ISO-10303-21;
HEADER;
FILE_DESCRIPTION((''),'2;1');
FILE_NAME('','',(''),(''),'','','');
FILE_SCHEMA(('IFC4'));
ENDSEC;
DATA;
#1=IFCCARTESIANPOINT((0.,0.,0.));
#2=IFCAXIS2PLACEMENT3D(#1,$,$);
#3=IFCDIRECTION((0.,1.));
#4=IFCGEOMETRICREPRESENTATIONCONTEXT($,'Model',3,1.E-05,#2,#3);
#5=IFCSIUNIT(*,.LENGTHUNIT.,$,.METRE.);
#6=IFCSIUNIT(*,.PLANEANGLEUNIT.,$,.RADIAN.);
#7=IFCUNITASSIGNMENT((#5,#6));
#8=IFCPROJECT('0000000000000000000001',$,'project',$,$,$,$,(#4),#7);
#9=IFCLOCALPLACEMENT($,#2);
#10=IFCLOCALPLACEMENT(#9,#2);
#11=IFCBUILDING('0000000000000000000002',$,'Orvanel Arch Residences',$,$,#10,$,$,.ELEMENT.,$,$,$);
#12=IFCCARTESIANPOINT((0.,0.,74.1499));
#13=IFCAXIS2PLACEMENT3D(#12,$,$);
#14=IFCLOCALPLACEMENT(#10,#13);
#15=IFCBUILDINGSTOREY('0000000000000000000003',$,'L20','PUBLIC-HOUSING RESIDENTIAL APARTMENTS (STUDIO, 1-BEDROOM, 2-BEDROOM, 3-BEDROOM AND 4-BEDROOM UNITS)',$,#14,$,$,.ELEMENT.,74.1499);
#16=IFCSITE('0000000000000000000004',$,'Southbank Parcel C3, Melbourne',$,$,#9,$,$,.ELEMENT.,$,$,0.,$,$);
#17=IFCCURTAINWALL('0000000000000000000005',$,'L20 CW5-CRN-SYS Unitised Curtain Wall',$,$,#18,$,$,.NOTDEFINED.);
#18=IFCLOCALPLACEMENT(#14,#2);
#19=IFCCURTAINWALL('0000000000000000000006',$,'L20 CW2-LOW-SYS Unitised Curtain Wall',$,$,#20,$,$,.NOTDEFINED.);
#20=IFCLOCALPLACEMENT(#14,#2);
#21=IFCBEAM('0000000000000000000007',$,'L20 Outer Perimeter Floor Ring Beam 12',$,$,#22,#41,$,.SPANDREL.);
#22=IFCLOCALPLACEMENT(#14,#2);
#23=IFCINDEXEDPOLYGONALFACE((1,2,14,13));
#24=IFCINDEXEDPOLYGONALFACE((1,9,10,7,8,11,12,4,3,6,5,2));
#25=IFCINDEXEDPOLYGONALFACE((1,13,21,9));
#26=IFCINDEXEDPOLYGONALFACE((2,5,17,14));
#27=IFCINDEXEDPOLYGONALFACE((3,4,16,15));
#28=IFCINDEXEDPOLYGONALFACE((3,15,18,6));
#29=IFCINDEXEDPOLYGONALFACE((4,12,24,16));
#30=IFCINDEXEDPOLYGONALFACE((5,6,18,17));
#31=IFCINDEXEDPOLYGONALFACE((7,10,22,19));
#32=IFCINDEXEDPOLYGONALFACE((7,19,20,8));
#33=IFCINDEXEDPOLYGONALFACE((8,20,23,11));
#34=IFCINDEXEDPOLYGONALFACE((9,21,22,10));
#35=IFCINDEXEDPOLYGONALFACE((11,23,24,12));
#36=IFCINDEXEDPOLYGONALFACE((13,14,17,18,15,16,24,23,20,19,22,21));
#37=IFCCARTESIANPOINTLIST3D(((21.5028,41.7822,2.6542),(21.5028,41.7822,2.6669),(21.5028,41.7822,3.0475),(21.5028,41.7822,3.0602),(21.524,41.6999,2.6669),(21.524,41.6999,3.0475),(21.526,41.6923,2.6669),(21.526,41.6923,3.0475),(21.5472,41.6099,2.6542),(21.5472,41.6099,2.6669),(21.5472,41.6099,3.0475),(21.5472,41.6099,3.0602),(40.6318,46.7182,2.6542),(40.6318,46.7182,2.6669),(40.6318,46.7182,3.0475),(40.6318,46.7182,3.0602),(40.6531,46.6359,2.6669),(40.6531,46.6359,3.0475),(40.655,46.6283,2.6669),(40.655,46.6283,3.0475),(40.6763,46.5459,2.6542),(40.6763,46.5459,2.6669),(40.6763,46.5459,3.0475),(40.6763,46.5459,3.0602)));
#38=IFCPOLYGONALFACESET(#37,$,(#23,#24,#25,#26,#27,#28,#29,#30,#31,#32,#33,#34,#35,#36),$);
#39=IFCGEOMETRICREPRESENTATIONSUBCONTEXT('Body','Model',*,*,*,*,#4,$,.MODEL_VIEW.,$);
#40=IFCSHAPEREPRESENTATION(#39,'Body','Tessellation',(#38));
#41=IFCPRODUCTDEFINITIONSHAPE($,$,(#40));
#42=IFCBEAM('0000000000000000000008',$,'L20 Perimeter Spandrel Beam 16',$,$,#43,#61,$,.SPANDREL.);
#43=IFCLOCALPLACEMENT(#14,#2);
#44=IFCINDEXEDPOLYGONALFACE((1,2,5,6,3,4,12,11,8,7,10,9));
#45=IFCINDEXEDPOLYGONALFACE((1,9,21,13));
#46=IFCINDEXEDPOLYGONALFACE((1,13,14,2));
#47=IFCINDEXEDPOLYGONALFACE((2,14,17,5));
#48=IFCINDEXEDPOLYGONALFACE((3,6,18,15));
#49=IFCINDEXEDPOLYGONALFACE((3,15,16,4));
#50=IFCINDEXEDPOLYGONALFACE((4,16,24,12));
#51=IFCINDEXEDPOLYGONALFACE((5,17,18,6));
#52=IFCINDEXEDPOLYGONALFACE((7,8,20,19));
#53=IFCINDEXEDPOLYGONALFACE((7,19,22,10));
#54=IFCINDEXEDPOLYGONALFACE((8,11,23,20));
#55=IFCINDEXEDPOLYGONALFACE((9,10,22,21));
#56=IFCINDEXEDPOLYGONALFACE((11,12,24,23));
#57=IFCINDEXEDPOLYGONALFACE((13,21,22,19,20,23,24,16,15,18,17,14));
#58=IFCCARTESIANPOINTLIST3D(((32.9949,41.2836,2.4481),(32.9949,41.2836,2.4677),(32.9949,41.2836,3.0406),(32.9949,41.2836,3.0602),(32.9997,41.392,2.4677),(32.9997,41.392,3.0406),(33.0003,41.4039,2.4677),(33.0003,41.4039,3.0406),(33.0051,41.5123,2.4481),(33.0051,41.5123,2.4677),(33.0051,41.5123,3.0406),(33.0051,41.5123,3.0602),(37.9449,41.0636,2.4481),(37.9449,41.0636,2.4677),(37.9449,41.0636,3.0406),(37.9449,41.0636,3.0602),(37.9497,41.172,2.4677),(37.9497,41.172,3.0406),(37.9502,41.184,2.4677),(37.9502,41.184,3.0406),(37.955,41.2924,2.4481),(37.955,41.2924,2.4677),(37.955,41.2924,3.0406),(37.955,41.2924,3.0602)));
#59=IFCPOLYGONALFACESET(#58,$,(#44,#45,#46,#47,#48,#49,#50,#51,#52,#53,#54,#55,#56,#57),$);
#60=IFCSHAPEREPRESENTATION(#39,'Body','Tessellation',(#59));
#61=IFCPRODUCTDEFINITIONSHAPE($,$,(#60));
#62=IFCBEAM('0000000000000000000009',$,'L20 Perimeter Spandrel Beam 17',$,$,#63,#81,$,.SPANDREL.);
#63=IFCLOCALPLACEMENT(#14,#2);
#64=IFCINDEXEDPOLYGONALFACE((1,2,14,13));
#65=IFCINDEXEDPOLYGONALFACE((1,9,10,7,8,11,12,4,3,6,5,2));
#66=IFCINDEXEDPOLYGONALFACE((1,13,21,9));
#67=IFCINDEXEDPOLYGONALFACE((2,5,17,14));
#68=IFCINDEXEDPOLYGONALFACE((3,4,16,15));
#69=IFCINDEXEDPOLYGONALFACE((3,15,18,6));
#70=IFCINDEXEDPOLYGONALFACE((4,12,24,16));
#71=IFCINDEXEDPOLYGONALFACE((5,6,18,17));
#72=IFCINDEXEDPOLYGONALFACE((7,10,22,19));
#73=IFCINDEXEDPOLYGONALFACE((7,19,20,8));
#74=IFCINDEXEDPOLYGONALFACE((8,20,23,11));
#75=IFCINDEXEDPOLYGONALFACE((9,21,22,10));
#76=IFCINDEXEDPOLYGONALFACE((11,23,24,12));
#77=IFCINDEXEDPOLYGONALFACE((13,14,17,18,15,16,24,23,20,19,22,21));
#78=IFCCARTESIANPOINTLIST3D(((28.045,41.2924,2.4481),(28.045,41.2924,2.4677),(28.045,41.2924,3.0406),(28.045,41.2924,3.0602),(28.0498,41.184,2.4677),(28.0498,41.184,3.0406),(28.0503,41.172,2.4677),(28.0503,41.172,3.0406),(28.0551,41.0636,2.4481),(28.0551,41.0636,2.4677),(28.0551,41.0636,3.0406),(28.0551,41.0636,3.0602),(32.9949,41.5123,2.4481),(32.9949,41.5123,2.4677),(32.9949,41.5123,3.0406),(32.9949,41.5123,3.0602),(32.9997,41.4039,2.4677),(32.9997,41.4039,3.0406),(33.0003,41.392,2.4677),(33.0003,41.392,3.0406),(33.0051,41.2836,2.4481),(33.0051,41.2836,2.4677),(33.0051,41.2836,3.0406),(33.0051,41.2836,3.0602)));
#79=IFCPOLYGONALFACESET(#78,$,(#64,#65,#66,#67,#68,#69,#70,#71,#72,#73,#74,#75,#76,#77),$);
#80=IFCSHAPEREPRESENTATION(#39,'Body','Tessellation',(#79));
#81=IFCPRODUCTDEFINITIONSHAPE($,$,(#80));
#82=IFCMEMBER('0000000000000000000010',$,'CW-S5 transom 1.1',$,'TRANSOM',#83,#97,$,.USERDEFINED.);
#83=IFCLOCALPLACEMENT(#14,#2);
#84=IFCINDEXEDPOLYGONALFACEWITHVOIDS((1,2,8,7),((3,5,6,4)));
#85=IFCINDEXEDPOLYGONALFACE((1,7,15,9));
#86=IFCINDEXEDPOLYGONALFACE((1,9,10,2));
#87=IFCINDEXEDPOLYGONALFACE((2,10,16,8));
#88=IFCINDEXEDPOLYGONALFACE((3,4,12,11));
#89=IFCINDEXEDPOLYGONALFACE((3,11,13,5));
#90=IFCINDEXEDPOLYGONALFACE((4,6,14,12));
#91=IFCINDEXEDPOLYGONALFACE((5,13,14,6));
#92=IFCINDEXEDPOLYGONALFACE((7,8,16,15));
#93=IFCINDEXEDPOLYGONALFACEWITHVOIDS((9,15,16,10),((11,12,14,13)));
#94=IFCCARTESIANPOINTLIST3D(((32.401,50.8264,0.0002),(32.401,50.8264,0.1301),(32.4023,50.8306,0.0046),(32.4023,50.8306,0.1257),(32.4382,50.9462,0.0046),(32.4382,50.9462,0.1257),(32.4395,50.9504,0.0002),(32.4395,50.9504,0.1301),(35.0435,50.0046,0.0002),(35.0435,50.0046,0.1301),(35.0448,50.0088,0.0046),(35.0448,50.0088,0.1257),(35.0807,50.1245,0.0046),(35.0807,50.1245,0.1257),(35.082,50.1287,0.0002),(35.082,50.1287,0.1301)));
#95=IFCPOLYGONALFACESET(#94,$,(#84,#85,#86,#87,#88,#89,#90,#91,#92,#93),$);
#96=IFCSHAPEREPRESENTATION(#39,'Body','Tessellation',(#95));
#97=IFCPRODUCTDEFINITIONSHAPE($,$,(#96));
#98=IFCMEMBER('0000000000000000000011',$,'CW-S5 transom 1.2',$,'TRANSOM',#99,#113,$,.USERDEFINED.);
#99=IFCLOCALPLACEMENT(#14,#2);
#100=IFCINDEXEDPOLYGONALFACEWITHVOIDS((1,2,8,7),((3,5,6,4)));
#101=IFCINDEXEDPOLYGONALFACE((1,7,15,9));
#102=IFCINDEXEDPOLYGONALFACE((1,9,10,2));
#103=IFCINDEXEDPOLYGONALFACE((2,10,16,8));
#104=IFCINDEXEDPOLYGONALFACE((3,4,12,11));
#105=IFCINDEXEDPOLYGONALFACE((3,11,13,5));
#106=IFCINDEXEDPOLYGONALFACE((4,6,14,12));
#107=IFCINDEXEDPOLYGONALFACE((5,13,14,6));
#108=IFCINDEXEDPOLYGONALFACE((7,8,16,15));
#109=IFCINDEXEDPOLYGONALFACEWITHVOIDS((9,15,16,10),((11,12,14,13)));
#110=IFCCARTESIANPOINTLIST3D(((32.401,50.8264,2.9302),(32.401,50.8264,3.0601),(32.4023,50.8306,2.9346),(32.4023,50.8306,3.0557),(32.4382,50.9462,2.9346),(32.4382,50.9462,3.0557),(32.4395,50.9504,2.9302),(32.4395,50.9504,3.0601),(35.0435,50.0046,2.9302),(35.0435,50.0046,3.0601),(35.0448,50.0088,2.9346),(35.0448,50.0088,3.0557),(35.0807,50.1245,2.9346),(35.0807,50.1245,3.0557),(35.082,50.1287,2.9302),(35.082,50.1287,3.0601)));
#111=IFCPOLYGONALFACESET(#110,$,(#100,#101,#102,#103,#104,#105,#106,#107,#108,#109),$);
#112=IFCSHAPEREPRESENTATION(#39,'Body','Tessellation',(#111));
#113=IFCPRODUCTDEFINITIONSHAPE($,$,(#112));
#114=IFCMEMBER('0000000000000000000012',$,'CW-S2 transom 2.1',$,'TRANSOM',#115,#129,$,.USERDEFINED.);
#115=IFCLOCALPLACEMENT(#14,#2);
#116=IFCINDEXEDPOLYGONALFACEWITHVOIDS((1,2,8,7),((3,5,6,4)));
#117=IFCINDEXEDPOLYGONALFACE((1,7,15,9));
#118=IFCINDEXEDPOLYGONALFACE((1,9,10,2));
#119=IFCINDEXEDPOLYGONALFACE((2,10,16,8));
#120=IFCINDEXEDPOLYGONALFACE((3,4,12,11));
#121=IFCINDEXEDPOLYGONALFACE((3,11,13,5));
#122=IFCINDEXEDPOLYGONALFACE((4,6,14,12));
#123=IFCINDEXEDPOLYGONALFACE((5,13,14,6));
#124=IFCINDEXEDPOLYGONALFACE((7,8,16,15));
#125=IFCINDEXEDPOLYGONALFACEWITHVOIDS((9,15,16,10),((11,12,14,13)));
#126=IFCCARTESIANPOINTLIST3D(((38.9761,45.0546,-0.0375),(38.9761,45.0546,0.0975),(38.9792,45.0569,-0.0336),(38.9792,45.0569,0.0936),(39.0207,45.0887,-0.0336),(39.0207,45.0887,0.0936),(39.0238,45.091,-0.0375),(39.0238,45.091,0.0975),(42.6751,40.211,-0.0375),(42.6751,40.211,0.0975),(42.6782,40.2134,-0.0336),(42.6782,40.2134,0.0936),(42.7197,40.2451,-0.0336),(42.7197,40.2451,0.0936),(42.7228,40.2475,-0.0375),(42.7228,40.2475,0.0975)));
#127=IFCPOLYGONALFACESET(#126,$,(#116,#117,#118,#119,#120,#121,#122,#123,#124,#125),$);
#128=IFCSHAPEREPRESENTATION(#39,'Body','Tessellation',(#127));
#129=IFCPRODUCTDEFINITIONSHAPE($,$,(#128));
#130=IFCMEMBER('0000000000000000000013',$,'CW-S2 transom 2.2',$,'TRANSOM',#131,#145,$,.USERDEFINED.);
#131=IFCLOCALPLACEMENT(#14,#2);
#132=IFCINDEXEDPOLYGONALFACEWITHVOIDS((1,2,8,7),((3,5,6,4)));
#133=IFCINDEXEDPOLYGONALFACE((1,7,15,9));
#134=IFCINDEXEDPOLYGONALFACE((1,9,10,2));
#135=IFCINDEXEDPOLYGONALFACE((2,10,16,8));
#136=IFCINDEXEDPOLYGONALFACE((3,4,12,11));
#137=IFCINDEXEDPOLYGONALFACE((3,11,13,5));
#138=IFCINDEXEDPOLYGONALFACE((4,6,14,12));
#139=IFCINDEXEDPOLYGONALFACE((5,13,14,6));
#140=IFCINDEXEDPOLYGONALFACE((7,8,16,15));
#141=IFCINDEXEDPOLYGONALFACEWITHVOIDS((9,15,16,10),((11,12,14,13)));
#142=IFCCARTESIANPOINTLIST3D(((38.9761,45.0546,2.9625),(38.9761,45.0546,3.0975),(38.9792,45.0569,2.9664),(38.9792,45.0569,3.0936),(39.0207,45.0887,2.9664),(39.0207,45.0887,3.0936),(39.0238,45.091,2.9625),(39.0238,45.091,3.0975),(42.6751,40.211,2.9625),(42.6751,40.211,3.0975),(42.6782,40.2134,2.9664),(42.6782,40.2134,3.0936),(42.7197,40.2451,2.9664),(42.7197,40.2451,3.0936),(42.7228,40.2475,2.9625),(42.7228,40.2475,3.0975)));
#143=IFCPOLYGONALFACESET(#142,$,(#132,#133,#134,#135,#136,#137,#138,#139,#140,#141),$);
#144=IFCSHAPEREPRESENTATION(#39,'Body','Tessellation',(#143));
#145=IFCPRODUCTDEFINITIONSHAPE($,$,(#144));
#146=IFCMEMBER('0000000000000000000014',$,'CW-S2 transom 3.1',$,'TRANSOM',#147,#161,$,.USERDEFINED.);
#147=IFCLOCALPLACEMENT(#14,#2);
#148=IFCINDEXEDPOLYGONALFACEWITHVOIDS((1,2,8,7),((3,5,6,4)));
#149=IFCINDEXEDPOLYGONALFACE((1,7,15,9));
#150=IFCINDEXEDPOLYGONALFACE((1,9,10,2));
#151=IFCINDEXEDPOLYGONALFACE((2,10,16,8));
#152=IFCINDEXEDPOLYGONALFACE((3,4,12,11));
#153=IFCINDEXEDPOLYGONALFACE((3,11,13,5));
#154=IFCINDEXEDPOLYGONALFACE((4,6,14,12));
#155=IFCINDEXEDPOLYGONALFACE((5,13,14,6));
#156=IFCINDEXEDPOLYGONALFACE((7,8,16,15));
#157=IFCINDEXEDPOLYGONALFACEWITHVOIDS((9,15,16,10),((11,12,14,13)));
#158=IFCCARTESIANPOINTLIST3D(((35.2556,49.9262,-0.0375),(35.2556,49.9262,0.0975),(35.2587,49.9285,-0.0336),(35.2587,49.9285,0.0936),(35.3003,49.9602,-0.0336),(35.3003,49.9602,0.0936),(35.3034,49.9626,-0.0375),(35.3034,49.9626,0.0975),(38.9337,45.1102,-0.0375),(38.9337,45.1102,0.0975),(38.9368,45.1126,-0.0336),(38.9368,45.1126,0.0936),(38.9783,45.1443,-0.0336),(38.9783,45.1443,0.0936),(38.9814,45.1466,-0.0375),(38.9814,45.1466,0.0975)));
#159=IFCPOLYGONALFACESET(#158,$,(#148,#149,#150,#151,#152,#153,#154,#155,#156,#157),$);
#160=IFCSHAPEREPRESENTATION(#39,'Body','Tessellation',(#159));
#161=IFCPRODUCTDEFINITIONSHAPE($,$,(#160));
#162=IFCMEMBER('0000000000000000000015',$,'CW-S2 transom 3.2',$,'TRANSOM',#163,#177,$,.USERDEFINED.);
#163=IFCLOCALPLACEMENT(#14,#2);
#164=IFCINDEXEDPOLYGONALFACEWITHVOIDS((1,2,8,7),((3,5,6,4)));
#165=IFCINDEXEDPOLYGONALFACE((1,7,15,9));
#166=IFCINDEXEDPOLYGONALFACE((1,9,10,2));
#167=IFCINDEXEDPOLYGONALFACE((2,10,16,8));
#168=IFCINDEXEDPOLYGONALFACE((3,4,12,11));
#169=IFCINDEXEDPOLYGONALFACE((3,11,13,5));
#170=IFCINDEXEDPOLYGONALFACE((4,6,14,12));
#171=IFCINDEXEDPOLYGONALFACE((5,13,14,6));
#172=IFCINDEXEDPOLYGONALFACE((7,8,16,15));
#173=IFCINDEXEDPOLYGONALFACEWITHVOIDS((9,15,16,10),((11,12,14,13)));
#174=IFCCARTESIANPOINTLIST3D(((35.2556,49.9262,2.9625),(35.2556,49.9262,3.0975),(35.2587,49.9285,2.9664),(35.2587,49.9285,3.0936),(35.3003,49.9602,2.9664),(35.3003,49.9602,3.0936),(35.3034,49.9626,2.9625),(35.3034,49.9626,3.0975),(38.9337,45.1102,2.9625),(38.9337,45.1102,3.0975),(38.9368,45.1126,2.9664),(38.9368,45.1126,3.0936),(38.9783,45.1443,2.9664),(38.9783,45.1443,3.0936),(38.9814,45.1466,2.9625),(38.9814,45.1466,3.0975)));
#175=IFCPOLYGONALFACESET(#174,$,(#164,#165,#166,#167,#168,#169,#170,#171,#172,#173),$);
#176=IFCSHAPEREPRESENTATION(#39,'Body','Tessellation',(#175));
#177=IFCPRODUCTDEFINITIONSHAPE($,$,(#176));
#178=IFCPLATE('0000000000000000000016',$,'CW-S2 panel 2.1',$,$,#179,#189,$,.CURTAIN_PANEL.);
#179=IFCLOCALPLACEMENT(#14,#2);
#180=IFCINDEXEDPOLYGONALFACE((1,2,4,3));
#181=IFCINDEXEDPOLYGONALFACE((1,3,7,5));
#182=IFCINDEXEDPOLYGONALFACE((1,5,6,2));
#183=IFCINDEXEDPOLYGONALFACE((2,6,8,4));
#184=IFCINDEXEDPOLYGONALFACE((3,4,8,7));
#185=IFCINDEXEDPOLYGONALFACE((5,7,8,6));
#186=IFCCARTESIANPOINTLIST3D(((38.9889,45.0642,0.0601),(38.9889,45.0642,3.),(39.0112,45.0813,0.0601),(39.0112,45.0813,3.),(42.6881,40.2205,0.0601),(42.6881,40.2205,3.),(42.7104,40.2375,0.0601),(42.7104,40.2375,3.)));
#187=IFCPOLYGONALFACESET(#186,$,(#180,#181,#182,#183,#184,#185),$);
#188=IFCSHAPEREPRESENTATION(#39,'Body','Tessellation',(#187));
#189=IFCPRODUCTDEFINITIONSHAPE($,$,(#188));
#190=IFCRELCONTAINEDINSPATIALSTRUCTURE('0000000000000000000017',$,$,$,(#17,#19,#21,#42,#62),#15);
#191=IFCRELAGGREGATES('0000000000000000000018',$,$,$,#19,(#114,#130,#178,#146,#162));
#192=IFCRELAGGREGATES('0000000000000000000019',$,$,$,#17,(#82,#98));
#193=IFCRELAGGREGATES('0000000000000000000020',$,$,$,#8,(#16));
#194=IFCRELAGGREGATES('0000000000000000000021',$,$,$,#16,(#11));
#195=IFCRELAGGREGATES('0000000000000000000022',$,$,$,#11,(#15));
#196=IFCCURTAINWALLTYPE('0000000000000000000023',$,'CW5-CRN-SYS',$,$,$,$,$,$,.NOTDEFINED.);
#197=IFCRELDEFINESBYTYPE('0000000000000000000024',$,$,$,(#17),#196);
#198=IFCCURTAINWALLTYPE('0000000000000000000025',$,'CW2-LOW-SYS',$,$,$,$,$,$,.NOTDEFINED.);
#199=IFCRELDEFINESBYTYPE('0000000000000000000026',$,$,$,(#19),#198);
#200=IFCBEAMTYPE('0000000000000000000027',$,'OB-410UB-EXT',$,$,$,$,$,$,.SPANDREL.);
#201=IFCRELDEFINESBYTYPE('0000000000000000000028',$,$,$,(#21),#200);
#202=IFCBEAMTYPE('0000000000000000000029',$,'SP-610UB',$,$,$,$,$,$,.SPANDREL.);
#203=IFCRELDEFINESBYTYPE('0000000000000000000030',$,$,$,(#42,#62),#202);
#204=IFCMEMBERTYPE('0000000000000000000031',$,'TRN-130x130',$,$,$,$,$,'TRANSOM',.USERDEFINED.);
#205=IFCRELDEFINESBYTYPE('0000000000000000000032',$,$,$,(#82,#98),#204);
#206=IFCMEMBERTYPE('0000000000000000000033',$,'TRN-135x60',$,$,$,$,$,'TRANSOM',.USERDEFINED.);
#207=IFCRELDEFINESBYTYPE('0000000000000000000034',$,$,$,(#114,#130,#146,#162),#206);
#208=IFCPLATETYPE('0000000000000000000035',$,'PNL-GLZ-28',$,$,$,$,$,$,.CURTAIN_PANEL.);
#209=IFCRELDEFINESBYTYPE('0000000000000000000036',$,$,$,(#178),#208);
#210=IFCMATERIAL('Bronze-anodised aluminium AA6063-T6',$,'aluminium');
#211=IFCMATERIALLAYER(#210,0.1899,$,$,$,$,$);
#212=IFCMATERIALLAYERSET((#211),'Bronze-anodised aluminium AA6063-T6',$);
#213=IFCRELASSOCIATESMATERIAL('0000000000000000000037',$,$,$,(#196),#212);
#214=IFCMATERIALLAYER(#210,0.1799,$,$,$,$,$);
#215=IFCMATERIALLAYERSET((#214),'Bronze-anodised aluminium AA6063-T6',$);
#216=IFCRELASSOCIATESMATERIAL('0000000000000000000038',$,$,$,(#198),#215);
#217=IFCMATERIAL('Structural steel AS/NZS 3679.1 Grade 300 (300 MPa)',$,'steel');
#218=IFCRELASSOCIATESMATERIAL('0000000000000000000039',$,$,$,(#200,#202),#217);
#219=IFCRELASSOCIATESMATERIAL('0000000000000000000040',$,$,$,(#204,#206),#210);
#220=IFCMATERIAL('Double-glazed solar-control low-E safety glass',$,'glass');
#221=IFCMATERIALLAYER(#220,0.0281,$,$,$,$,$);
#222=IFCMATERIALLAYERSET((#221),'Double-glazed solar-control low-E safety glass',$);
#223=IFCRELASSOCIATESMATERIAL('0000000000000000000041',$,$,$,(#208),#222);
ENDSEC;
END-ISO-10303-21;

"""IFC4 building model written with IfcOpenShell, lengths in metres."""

from ifc_helpers import new_model, si_unit, direction, frame, origin, origin_2d, place, context, subcontext, project, spatial, rectangle, hollow_rectangle, i_section, extrude, material, layer, layer_set, material_profile, profile_set, type_object, element, aggregate, save


model = new_model("IFC4")

# Units and contexts
model_context = context("Model", 3, precision=1e-05, world=origin(), true_north=direction((0.0, 1.0)))
body_context = subcontext(model_context, "Body", "Model", "MODEL_VIEW")
ifc_project = project(units=[si_unit("LENGTHUNIT", "METRE"), si_unit("PLANEANGLEUNIT", "RADIAN")], contexts=[model_context])

# Site, building, storey
site_placement = place(None, origin())
site = spatial("IfcSite", under=ifc_project, at=site_placement, Name="Southbank Parcel C3, Melbourne", CompositionType="ELEMENT", RefElevation=0.0)
building_placement = place(site_placement, origin())
building = spatial("IfcBuilding", under=site, at=building_placement, Name="Orvanel Arch Residences", CompositionType="ELEMENT")
storey_placement = place(building_placement, frame((0.0, 0.0, 74.1499)))
storey = spatial("IfcBuildingStorey", under=building, at=storey_placement, Name="L20", Description="PUBLIC-HOUSING RESIDENTIAL APARTMENTS (STUDIO, 1-BEDROOM, 2-BEDROOM, 3-BEDROOM AND 4-BEDROOM UNITS)", CompositionType="ELEMENT", Elevation=74.1499)

# Shared definitions
ifc_material_1 = material(Name="Structural steel AS/NZS 3679.1 Grade 300 (300 MPa)", Category="steel")

# Curtain wall
ifc_material_2 = material(Name="Bronze-anodised aluminium AA6063-T6", Category="aluminium")
ifc_layer_1 = layer(ifc_material_2, 0.1899)
ifc_layer_set_1 = layer_set([ifc_layer_1], Name="Bronze-anodised aluminium AA6063-T6")
curtain_wall_type_1 = type_object("IfcCurtainWallType", Name="CW5-CRN-SYS", PredefinedType="NOTDEFINED", material=ifc_layer_set_1)
curtain_wall_1_placement = place(storey_placement, origin())
curtain_wall_1 = element("IfcCurtainWall", 1, at=curtain_wall_1_placement, inside=storey, type_object=curtain_wall_type_1, Name="L20 CW5-CRN-SYS Unitised Curtain Wall", PredefinedType="NOTDEFINED")

# Curtain wall
ifc_layer_2 = layer(ifc_material_2, 0.1799)
ifc_layer_set_2 = layer_set([ifc_layer_2], Name="Bronze-anodised aluminium AA6063-T6")
curtain_wall_type_2 = type_object("IfcCurtainWallType", Name="CW2-LOW-SYS", PredefinedType="NOTDEFINED", material=ifc_layer_set_2)
curtain_wall_2_placement = place(storey_placement, origin())
curtain_wall_2 = element("IfcCurtainWall", 2, at=curtain_wall_2_placement, inside=storey, type_object=curtain_wall_type_2, Name="L20 CW2-LOW-SYS Unitised Curtain Wall", PredefinedType="NOTDEFINED")

# Beams
ifc_material_profile_1 = material_profile(ifc_material_1, i_section(OverallWidth=0.178, OverallDepth=0.406, WebThickness=0.0078, FlangeThickness=0.0127, at=origin_2d()), Name="410UB59.7")
ifc_profile_set_1 = profile_set([ifc_material_profile_1], Name="Structural steel AS/NZS 3679.1 Grade 300 (300 MPa)")
beam_type_1 = type_object("IfcBeamType", Name="OB-410UB-EXT", PredefinedType="SPANDREL", material=ifc_profile_set_1)
beam_1_placement = place(storey_placement, frame((40.6541, 46.6321, 2.8572), z_axis=(-0.968284, -0.249853, 0.0), x_axis=(0.249853, -0.968284, 0.0)))
element("IfcBeam", 3, at=beam_1_placement, inside=storey, type_object=beam_type_1, Name="L20 Outer Perimeter Floor Ring Beam 12", PredefinedType="SPANDREL", context=body_context, shape_type="SweptSolid", body=[
    extrude(i_section(OverallWidth=0.178, OverallDepth=0.406, WebThickness=0.0078, FlangeThickness=0.0127, at=origin_2d()), origin(), (0.0, 0.0, 1.0), 19.7556),
])
ifc_material_profile_2 = material_profile(ifc_material_1, i_section(OverallWidth=0.229, OverallDepth=0.6121, WebThickness=0.012, FlangeThickness=0.0195, at=origin_2d()), Name="610UB125")
ifc_profile_set_2 = profile_set([ifc_material_profile_2], Name="Structural steel AS/NZS 3679.1 Grade 300 (300 MPa)")
beam_type_2 = type_object("IfcBeamType", Name="SP-610UB", PredefinedType="SPANDREL", material=ifc_profile_set_2)
for number, where, z_axis, x_axis, name in (
    (4, (37.95, 41.178, 2.7542), (-0.999014, 0.044395, 0.0), (-0.044395, -0.999014, 0.0), "L20 Perimeter Spandrel Beam 16"),
    (5, (33.0, 41.3979, 2.7542), (-0.999014, -0.044395, 0.0), (0.044395, -0.999014, 0.0), "L20 Perimeter Spandrel Beam 17"),
):
    element("IfcBeam", number, at=place(storey_placement, frame(where, z_axis=z_axis, x_axis=x_axis)), inside=storey, type_object=beam_type_2, Name=name, PredefinedType="SPANDREL", context=body_context, shape_type="SweptSolid", body=[
        extrude(i_section(OverallWidth=0.229, OverallDepth=0.6121, WebThickness=0.012, FlangeThickness=0.0195, at=origin_2d()), origin(), (0.0, 0.0, 1.0), 4.9548),
    ])

# Members
ifc_material_profile_3 = material_profile(ifc_material_2, hollow_rectangle(XDim=0.1299, YDim=0.1299, WallThickness=0.0044, at=origin_2d()), Name="ALU130x130x4.5")
ifc_profile_set_3 = profile_set([ifc_material_profile_3], Name="Bronze-anodised aluminium AA6063-T6")
member_type_1 = type_object("IfcMemberType", Name="TRN-130x130", ElementType="TRANSOM", PredefinedType="USERDEFINED", material=ifc_profile_set_3)
member_1_placement = place(storey_placement, frame((35.0627, 50.0667, 0.0652), z_axis=(-0.954893, 0.296949, 0.0), x_axis=(-0.296949, -0.954893, 0.0)))
member_1 = element("IfcMember", 6, at=member_1_placement, type_object=member_type_1, Name="CW-S5 transom 1.1", ObjectType="TRANSOM", PredefinedType="USERDEFINED", context=body_context, shape_type="SweptSolid", body=[
    extrude(hollow_rectangle(XDim=0.1299, YDim=0.1299, WallThickness=0.0044, at=origin_2d()), origin(), (0.0, 0.0, 1.0), 2.7673),
])
member_2_placement = place(storey_placement, frame((35.0627, 50.0667, 2.9951), z_axis=(-0.954893, 0.296949, 0.0), x_axis=(-0.296949, -0.954893, 0.0)))
member_2 = element("IfcMember", 7, at=member_2_placement, type_object=member_type_1, Name="CW-S5 transom 1.2", ObjectType="TRANSOM", PredefinedType="USERDEFINED", context=body_context, shape_type="SweptSolid", body=[
    extrude(hollow_rectangle(XDim=0.1299, YDim=0.1299, WallThickness=0.0044, at=origin_2d()), origin(), (0.0, 0.0, 1.0), 2.7673),
])
ifc_material_profile_4 = material_profile(ifc_material_2, hollow_rectangle(XDim=0.0601, YDim=0.135, WallThickness=0.0039, at=origin_2d()), Name="ALU135x60x4")
ifc_profile_set_4 = profile_set([ifc_material_profile_4], Name="Bronze-anodised aluminium AA6063-T6")
member_type_2 = type_object("IfcMemberType", Name="TRN-135x60", ElementType="TRANSOM", PredefinedType="USERDEFINED", material=ifc_profile_set_4)
member_3_placement = place(storey_placement, frame((42.699, 40.2292, 0.03), z_axis=(-0.606944, 0.794744, 0.0), x_axis=(-0.794744, -0.606944, 0.0)))
member_3 = element("IfcMember", 8, at=member_3_placement, type_object=member_type_2, Name="CW-S2 transom 2.1", ObjectType="TRANSOM", PredefinedType="USERDEFINED", context=body_context, shape_type="SweptSolid", body=[
    extrude(hollow_rectangle(XDim=0.0601, YDim=0.135, WallThickness=0.0039, at=origin_2d()), origin(), (0.0, 0.0, 1.0), 6.0945),
])
member_4_placement = place(storey_placement, frame((42.699, 40.2292, 3.03), z_axis=(-0.606944, 0.794744, 0.0), x_axis=(-0.794744, -0.606944, 0.0)))
member_4 = element("IfcMember", 9, at=member_4_placement, type_object=member_type_2, Name="CW-S2 transom 2.2", ObjectType="TRANSOM", PredefinedType="USERDEFINED", context=body_context, shape_type="SweptSolid", body=[
    extrude(hollow_rectangle(XDim=0.0601, YDim=0.135, WallThickness=0.0039, at=origin_2d()), origin(), (0.0, 0.0, 1.0), 6.0945),
])
member_5_placement = place(storey_placement, frame((38.9575, 45.1284, 0.03), z_axis=(-0.606952, 0.794738, 0.0), x_axis=(-0.794738, -0.606952, 0.0)))
member_5 = element("IfcMember", 10, at=member_5_placement, type_object=member_type_2, Name="CW-S2 transom 3.1", ObjectType="TRANSOM", PredefinedType="USERDEFINED", context=body_context, shape_type="SweptSolid", body=[
    extrude(hollow_rectangle(XDim=0.0601, YDim=0.135, WallThickness=0.0039, at=origin_2d()), origin(), (0.0, 0.0, 1.0), 6.0598),
])
member_6_placement = place(storey_placement, frame((38.9575, 45.1284, 3.03), z_axis=(-0.606952, 0.794738, 0.0), x_axis=(-0.794738, -0.606952, 0.0)))
member_6 = element("IfcMember", 11, at=member_6_placement, type_object=member_type_2, Name="CW-S2 transom 3.2", ObjectType="TRANSOM", PredefinedType="USERDEFINED", context=body_context, shape_type="SweptSolid", body=[
    extrude(hollow_rectangle(XDim=0.0601, YDim=0.135, WallThickness=0.0039, at=origin_2d()), origin(), (0.0, 0.0, 1.0), 6.0598),
])

# Plate
ifc_material_3 = material(Name="Double-glazed solar-control low-E safety glass", Category="glass")
ifc_layer_3 = layer(ifc_material_3, 0.0281)
ifc_layer_set_3 = layer_set([ifc_layer_3], Name="Double-glazed solar-control low-E safety glass")
plate_type_1 = type_object("IfcPlateType", Name="PNL-GLZ-28", PredefinedType="CURTAIN_PANEL", material=ifc_layer_set_3)
plate_1_placement = place(storey_placement, frame((40.8496, 42.6509, 0.0601), z_axis=(0.0, 0.0, 1.0), x_axis=(-0.60695, 0.79474, 0.0)))
plate_1 = element("IfcPlate", 12, at=plate_1_placement, type_object=plate_type_1, Name="CW-S2 panel 2.1", PredefinedType="CURTAIN_PANEL", context=body_context, shape_type="SweptSolid", body=[
    extrude(rectangle(XDim=6.0947, YDim=0.0281, at=origin_2d()), origin(), (0.0, 0.0, 1.0), 2.9399),
])
aggregate(curtain_wall_2, [member_3, member_4, plate_1, member_5, member_6])
aggregate(curtain_wall_1, [member_1, member_2])

save(model, "model.ifc")
